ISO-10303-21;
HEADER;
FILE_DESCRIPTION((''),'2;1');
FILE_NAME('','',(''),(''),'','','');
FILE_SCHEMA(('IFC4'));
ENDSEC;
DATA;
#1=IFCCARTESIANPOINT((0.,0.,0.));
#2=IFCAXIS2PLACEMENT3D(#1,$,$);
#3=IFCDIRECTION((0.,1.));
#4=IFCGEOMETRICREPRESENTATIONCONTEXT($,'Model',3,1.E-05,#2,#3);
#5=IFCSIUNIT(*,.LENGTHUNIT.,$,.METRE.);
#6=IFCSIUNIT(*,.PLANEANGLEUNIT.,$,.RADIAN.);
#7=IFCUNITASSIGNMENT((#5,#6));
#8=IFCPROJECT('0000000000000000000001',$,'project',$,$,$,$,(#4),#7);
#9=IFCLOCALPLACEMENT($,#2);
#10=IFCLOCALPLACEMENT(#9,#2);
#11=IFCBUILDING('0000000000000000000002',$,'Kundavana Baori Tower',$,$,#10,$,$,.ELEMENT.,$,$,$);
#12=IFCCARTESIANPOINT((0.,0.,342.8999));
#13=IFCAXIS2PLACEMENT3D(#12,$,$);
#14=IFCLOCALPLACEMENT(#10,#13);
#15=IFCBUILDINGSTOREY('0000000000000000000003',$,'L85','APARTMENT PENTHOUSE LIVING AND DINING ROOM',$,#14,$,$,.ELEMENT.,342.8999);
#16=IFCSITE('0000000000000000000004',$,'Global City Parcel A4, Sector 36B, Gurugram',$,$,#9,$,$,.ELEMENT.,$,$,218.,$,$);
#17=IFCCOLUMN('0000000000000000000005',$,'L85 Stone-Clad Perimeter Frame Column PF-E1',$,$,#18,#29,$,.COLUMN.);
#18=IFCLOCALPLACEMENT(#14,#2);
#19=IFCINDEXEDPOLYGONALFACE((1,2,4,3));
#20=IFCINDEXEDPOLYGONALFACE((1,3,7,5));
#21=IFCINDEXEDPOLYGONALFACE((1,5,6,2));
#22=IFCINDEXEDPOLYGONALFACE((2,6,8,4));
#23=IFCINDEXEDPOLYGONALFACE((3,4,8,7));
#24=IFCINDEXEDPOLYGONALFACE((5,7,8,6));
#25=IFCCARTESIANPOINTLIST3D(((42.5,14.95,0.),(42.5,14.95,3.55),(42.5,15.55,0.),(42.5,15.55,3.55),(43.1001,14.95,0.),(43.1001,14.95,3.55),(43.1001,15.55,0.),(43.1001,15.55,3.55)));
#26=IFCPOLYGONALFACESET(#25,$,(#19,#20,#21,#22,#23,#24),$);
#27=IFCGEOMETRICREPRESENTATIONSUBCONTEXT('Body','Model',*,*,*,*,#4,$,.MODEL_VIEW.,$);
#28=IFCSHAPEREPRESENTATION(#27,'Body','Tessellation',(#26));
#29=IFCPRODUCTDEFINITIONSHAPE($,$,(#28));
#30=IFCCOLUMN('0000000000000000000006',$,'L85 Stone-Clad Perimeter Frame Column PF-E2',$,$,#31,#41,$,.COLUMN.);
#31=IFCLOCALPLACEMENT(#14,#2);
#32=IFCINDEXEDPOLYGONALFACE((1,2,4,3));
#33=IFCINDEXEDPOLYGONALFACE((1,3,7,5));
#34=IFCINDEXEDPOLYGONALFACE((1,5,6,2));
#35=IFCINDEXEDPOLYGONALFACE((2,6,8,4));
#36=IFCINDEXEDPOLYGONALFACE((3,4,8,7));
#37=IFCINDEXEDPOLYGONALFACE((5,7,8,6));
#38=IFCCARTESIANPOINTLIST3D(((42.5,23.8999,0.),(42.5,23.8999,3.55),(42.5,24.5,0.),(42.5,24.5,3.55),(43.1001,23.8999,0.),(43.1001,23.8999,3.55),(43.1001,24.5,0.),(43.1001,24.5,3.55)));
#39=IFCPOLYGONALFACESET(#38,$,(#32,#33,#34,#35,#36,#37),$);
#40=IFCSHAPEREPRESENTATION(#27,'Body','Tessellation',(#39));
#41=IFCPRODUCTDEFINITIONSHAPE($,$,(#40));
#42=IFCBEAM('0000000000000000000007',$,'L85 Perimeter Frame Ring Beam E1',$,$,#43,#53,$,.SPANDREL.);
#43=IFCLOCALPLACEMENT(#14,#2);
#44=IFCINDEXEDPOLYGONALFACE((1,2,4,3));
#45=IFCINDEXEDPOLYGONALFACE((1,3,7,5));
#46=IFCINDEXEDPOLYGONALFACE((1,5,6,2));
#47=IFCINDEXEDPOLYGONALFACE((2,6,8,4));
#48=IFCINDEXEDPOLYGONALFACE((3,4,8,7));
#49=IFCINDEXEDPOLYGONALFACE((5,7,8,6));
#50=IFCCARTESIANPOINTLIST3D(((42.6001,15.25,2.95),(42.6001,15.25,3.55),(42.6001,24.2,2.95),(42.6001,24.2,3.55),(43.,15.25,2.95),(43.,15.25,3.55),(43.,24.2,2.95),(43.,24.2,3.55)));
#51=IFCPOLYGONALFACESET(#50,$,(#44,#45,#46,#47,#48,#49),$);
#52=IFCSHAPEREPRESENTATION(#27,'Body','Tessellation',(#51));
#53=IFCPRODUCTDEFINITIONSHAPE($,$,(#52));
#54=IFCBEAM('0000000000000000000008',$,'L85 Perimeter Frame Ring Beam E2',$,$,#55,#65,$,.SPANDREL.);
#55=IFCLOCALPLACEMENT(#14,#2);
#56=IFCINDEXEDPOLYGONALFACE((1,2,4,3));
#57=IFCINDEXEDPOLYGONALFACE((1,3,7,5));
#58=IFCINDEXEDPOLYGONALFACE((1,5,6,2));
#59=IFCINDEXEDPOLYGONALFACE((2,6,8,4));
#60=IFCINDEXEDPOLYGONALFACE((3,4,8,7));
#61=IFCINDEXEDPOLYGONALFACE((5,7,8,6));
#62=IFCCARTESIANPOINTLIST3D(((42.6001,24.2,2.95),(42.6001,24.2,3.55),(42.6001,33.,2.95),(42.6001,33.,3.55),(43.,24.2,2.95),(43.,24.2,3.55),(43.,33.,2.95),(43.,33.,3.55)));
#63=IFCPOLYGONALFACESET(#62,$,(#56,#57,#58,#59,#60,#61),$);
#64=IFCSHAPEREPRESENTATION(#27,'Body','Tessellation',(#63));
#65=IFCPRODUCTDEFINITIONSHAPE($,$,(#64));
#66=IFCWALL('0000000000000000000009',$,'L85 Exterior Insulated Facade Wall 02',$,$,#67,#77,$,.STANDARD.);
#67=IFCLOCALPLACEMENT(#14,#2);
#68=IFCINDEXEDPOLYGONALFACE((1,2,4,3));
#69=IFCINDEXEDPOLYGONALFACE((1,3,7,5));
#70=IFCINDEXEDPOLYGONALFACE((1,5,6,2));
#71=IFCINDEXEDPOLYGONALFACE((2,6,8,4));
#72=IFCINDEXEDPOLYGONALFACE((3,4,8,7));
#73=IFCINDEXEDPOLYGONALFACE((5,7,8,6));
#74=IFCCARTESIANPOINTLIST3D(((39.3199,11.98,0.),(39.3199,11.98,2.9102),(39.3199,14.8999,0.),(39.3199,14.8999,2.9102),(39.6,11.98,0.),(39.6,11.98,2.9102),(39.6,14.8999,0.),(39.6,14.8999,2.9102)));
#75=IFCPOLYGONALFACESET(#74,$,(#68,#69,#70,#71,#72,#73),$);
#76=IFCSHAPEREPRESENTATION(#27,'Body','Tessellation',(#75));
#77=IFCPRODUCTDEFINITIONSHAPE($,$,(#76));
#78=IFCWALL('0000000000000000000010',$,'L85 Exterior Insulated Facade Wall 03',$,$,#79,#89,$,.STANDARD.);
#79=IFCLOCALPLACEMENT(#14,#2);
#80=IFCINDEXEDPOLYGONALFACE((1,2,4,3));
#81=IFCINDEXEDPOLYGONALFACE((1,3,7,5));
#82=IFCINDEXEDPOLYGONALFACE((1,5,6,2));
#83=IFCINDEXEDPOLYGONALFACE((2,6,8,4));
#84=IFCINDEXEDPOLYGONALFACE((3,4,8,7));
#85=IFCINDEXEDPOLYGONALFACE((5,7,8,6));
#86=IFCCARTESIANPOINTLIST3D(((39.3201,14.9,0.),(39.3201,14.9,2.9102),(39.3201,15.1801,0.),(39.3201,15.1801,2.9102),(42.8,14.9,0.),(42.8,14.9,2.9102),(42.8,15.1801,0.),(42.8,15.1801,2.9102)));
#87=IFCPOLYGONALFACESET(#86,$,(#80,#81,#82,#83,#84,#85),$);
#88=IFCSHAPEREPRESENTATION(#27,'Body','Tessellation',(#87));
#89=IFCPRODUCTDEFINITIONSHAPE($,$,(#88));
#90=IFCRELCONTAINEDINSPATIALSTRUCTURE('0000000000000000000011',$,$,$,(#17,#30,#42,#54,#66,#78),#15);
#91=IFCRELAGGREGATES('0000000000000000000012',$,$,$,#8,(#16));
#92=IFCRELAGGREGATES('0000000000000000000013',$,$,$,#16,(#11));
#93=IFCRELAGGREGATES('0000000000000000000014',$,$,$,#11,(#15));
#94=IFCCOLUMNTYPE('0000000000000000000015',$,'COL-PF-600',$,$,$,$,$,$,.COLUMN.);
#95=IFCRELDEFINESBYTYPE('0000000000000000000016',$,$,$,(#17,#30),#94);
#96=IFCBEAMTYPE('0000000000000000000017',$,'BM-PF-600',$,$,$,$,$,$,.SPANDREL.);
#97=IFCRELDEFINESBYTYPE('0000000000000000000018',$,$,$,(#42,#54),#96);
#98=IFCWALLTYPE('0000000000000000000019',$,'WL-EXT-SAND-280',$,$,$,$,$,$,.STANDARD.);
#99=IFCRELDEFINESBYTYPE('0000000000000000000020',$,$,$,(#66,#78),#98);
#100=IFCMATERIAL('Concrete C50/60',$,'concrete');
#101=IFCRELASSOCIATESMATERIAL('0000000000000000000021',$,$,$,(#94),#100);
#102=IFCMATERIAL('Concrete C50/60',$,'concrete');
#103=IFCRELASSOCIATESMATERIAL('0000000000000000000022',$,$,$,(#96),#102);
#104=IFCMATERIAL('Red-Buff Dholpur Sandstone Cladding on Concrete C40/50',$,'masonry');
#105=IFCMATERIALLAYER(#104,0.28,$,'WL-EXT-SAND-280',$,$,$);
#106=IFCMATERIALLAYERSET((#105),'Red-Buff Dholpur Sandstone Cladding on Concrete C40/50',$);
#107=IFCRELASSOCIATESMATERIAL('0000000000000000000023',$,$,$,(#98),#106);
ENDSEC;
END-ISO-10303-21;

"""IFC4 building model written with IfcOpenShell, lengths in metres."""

from ifc_helpers import new_model, si_unit, direction, frame, frame_2d, origin, origin_2d, place, context, subcontext, project, spatial, rectangle, extrude, material, layer, layer_set, material_profile, profile_set, type_object, element, save


model = new_model("IFC4")

# Units and contexts
model_context = context("Model", 3, precision=1e-05, world=origin(), true_north=direction((0.0, 1.0)))
body_context = subcontext(model_context, "Body", "Model", "MODEL_VIEW")
ifc_project = project(units=[si_unit("LENGTHUNIT", "METRE"), si_unit("PLANEANGLEUNIT", "RADIAN")], contexts=[model_context])

# Site, building, storey
site_placement = place(None, origin())
site = spatial("IfcSite", under=ifc_project, at=site_placement, Name="Global City Parcel A4, Sector 36B, Gurugram", CompositionType="ELEMENT", RefElevation=218.0)
building_placement = place(site_placement, origin())
building = spatial("IfcBuilding", under=site, at=building_placement, Name="Kundavana Baori Tower", CompositionType="ELEMENT")
storey_placement = place(building_placement, frame((0.0, 0.0, 342.8999)))
storey = spatial("IfcBuildingStorey", under=building, at=storey_placement, Name="L85", Description="APARTMENT PENTHOUSE LIVING AND DINING ROOM", CompositionType="ELEMENT", Elevation=342.8999)

# Columns
ifc_material_1 = material(Name="Concrete C50/60", Category="concrete")
ifc_material_profile_1 = material_profile(ifc_material_1, rectangle(XDim=0.6001, YDim=0.6001, at=origin_2d()), Name="RC PF 600x600")
ifc_profile_set_1 = profile_set([ifc_material_profile_1], Name="Concrete C50/60")
column_type = type_object("IfcColumnType", Name="COL-PF-600", PredefinedType="COLUMN", material=ifc_profile_set_1)
for number, where, z_axis, x_axis, name in (
    (1, (42.8, 15.25, 0.0), (0.0, 0.0, 1.0), (1.0, 0.0, 0.0), "L85 Stone-Clad Perimeter Frame Column PF-E1"),
    (2, (42.8, 24.2, 0.0), (0.0, 0.0, 1.0), (1.0, 0.0, 0.0), "L85 Stone-Clad Perimeter Frame Column PF-E2"),
):
    element("IfcColumn", number, at=place(storey_placement, frame(where, z_axis=z_axis, x_axis=x_axis)), inside=storey, type_object=column_type, Name=name, PredefinedType="COLUMN", context=body_context, shape_type="SweptSolid", body=[
        extrude(rectangle(XDim=0.6001, YDim=0.6001, at=origin_2d()), origin(), (0.0, 0.0, 1.0), 3.55),
    ])

# Beams
ifc_material_2 = material(Name="Concrete C50/60", Category="concrete")
ifc_material_profile_2 = material_profile(ifc_material_2, rectangle(XDim=0.3999, YDim=0.6001, at=origin_2d()), Name="RC BM 400x600")
ifc_profile_set_2 = profile_set([ifc_material_profile_2], Name="Concrete C50/60")
beam_type = type_object("IfcBeamType", Name="BM-PF-600", PredefinedType="SPANDREL", material=ifc_profile_set_2)
beam_1_placement = place(storey_placement, frame((42.8, 15.25, 3.25), z_axis=(0.0, 1.0, 0.0), x_axis=(-1.0, 0.0, 0.0)))
element("IfcBeam", 3, at=beam_1_placement, inside=storey, type_object=beam_type, Name="L85 Perimeter Frame Ring Beam E1", PredefinedType="SPANDREL", context=body_context, shape_type="SweptSolid", body=[
    extrude(rectangle(XDim=0.3999, YDim=0.6001, at=origin_2d()), origin(), (0.0, 0.0, 1.0), 8.95),
])
beam_2_placement = place(storey_placement, frame((42.8, 24.2, 3.25), z_axis=(0.0, 1.0, 0.0), x_axis=(-1.0, 0.0, 0.0)))
element("IfcBeam", 4, at=beam_2_placement, inside=storey, type_object=beam_type, Name="L85 Perimeter Frame Ring Beam E2", PredefinedType="SPANDREL", context=body_context, shape_type="SweptSolid", body=[
    extrude(rectangle(XDim=0.3999, YDim=0.6001, at=origin_2d()), origin(), (0.0, 0.0, 1.0), 8.8),
])

# Walls
ifc_material_3 = material(Name="Red-Buff Dholpur Sandstone Cladding on Concrete C40/50", Category="masonry")
ifc_layer_1 = layer(ifc_material_3, 0.28, Name="WL-EXT-SAND-280")
ifc_layer_set_1 = layer_set([ifc_layer_1], Name="Red-Buff Dholpur Sandstone Cladding on Concrete C40/50")
wall_type_1 = type_object("IfcWallType", Name="WL-EXT-SAND-280", PredefinedType="STANDARD", material=ifc_layer_set_1)
wall_1_placement = place(storey_placement, frame((39.46, 11.98, 0.0), z_axis=(0.0, 0.0, 1.0), x_axis=(0.0, 1.0, 0.0)))
element("IfcWall", 5, at=wall_1_placement, inside=storey, type_object=wall_type_1, Name="L85 Exterior Insulated Facade Wall 02", PredefinedType="STANDARD", context=body_context, shape_type="SweptSolid", body=[
    extrude(rectangle(XDim=2.9199, YDim=0.28, at=frame_2d((1.46, 0.0))), origin(), (0.0, 0.0, 1.0), 2.9102),
])
wall_2_placement = place(storey_placement, frame((39.3201, 15.04, 0.0), z_axis=(0.0, 0.0, 1.0), x_axis=(1.0, 0.0, 0.0)))
element("IfcWall", 6, at=wall_2_placement, inside=storey, type_object=wall_type_1, Name="L85 Exterior Insulated Facade Wall 03", PredefinedType="STANDARD", context=body_context, shape_type="SweptSolid", body=[
    extrude(rectangle(XDim=3.48, YDim=0.28, at=frame_2d((1.74, 0.0))), origin(), (0.0, 0.0, 1.0), 2.9102),
])

save(model, "model.ifc")
